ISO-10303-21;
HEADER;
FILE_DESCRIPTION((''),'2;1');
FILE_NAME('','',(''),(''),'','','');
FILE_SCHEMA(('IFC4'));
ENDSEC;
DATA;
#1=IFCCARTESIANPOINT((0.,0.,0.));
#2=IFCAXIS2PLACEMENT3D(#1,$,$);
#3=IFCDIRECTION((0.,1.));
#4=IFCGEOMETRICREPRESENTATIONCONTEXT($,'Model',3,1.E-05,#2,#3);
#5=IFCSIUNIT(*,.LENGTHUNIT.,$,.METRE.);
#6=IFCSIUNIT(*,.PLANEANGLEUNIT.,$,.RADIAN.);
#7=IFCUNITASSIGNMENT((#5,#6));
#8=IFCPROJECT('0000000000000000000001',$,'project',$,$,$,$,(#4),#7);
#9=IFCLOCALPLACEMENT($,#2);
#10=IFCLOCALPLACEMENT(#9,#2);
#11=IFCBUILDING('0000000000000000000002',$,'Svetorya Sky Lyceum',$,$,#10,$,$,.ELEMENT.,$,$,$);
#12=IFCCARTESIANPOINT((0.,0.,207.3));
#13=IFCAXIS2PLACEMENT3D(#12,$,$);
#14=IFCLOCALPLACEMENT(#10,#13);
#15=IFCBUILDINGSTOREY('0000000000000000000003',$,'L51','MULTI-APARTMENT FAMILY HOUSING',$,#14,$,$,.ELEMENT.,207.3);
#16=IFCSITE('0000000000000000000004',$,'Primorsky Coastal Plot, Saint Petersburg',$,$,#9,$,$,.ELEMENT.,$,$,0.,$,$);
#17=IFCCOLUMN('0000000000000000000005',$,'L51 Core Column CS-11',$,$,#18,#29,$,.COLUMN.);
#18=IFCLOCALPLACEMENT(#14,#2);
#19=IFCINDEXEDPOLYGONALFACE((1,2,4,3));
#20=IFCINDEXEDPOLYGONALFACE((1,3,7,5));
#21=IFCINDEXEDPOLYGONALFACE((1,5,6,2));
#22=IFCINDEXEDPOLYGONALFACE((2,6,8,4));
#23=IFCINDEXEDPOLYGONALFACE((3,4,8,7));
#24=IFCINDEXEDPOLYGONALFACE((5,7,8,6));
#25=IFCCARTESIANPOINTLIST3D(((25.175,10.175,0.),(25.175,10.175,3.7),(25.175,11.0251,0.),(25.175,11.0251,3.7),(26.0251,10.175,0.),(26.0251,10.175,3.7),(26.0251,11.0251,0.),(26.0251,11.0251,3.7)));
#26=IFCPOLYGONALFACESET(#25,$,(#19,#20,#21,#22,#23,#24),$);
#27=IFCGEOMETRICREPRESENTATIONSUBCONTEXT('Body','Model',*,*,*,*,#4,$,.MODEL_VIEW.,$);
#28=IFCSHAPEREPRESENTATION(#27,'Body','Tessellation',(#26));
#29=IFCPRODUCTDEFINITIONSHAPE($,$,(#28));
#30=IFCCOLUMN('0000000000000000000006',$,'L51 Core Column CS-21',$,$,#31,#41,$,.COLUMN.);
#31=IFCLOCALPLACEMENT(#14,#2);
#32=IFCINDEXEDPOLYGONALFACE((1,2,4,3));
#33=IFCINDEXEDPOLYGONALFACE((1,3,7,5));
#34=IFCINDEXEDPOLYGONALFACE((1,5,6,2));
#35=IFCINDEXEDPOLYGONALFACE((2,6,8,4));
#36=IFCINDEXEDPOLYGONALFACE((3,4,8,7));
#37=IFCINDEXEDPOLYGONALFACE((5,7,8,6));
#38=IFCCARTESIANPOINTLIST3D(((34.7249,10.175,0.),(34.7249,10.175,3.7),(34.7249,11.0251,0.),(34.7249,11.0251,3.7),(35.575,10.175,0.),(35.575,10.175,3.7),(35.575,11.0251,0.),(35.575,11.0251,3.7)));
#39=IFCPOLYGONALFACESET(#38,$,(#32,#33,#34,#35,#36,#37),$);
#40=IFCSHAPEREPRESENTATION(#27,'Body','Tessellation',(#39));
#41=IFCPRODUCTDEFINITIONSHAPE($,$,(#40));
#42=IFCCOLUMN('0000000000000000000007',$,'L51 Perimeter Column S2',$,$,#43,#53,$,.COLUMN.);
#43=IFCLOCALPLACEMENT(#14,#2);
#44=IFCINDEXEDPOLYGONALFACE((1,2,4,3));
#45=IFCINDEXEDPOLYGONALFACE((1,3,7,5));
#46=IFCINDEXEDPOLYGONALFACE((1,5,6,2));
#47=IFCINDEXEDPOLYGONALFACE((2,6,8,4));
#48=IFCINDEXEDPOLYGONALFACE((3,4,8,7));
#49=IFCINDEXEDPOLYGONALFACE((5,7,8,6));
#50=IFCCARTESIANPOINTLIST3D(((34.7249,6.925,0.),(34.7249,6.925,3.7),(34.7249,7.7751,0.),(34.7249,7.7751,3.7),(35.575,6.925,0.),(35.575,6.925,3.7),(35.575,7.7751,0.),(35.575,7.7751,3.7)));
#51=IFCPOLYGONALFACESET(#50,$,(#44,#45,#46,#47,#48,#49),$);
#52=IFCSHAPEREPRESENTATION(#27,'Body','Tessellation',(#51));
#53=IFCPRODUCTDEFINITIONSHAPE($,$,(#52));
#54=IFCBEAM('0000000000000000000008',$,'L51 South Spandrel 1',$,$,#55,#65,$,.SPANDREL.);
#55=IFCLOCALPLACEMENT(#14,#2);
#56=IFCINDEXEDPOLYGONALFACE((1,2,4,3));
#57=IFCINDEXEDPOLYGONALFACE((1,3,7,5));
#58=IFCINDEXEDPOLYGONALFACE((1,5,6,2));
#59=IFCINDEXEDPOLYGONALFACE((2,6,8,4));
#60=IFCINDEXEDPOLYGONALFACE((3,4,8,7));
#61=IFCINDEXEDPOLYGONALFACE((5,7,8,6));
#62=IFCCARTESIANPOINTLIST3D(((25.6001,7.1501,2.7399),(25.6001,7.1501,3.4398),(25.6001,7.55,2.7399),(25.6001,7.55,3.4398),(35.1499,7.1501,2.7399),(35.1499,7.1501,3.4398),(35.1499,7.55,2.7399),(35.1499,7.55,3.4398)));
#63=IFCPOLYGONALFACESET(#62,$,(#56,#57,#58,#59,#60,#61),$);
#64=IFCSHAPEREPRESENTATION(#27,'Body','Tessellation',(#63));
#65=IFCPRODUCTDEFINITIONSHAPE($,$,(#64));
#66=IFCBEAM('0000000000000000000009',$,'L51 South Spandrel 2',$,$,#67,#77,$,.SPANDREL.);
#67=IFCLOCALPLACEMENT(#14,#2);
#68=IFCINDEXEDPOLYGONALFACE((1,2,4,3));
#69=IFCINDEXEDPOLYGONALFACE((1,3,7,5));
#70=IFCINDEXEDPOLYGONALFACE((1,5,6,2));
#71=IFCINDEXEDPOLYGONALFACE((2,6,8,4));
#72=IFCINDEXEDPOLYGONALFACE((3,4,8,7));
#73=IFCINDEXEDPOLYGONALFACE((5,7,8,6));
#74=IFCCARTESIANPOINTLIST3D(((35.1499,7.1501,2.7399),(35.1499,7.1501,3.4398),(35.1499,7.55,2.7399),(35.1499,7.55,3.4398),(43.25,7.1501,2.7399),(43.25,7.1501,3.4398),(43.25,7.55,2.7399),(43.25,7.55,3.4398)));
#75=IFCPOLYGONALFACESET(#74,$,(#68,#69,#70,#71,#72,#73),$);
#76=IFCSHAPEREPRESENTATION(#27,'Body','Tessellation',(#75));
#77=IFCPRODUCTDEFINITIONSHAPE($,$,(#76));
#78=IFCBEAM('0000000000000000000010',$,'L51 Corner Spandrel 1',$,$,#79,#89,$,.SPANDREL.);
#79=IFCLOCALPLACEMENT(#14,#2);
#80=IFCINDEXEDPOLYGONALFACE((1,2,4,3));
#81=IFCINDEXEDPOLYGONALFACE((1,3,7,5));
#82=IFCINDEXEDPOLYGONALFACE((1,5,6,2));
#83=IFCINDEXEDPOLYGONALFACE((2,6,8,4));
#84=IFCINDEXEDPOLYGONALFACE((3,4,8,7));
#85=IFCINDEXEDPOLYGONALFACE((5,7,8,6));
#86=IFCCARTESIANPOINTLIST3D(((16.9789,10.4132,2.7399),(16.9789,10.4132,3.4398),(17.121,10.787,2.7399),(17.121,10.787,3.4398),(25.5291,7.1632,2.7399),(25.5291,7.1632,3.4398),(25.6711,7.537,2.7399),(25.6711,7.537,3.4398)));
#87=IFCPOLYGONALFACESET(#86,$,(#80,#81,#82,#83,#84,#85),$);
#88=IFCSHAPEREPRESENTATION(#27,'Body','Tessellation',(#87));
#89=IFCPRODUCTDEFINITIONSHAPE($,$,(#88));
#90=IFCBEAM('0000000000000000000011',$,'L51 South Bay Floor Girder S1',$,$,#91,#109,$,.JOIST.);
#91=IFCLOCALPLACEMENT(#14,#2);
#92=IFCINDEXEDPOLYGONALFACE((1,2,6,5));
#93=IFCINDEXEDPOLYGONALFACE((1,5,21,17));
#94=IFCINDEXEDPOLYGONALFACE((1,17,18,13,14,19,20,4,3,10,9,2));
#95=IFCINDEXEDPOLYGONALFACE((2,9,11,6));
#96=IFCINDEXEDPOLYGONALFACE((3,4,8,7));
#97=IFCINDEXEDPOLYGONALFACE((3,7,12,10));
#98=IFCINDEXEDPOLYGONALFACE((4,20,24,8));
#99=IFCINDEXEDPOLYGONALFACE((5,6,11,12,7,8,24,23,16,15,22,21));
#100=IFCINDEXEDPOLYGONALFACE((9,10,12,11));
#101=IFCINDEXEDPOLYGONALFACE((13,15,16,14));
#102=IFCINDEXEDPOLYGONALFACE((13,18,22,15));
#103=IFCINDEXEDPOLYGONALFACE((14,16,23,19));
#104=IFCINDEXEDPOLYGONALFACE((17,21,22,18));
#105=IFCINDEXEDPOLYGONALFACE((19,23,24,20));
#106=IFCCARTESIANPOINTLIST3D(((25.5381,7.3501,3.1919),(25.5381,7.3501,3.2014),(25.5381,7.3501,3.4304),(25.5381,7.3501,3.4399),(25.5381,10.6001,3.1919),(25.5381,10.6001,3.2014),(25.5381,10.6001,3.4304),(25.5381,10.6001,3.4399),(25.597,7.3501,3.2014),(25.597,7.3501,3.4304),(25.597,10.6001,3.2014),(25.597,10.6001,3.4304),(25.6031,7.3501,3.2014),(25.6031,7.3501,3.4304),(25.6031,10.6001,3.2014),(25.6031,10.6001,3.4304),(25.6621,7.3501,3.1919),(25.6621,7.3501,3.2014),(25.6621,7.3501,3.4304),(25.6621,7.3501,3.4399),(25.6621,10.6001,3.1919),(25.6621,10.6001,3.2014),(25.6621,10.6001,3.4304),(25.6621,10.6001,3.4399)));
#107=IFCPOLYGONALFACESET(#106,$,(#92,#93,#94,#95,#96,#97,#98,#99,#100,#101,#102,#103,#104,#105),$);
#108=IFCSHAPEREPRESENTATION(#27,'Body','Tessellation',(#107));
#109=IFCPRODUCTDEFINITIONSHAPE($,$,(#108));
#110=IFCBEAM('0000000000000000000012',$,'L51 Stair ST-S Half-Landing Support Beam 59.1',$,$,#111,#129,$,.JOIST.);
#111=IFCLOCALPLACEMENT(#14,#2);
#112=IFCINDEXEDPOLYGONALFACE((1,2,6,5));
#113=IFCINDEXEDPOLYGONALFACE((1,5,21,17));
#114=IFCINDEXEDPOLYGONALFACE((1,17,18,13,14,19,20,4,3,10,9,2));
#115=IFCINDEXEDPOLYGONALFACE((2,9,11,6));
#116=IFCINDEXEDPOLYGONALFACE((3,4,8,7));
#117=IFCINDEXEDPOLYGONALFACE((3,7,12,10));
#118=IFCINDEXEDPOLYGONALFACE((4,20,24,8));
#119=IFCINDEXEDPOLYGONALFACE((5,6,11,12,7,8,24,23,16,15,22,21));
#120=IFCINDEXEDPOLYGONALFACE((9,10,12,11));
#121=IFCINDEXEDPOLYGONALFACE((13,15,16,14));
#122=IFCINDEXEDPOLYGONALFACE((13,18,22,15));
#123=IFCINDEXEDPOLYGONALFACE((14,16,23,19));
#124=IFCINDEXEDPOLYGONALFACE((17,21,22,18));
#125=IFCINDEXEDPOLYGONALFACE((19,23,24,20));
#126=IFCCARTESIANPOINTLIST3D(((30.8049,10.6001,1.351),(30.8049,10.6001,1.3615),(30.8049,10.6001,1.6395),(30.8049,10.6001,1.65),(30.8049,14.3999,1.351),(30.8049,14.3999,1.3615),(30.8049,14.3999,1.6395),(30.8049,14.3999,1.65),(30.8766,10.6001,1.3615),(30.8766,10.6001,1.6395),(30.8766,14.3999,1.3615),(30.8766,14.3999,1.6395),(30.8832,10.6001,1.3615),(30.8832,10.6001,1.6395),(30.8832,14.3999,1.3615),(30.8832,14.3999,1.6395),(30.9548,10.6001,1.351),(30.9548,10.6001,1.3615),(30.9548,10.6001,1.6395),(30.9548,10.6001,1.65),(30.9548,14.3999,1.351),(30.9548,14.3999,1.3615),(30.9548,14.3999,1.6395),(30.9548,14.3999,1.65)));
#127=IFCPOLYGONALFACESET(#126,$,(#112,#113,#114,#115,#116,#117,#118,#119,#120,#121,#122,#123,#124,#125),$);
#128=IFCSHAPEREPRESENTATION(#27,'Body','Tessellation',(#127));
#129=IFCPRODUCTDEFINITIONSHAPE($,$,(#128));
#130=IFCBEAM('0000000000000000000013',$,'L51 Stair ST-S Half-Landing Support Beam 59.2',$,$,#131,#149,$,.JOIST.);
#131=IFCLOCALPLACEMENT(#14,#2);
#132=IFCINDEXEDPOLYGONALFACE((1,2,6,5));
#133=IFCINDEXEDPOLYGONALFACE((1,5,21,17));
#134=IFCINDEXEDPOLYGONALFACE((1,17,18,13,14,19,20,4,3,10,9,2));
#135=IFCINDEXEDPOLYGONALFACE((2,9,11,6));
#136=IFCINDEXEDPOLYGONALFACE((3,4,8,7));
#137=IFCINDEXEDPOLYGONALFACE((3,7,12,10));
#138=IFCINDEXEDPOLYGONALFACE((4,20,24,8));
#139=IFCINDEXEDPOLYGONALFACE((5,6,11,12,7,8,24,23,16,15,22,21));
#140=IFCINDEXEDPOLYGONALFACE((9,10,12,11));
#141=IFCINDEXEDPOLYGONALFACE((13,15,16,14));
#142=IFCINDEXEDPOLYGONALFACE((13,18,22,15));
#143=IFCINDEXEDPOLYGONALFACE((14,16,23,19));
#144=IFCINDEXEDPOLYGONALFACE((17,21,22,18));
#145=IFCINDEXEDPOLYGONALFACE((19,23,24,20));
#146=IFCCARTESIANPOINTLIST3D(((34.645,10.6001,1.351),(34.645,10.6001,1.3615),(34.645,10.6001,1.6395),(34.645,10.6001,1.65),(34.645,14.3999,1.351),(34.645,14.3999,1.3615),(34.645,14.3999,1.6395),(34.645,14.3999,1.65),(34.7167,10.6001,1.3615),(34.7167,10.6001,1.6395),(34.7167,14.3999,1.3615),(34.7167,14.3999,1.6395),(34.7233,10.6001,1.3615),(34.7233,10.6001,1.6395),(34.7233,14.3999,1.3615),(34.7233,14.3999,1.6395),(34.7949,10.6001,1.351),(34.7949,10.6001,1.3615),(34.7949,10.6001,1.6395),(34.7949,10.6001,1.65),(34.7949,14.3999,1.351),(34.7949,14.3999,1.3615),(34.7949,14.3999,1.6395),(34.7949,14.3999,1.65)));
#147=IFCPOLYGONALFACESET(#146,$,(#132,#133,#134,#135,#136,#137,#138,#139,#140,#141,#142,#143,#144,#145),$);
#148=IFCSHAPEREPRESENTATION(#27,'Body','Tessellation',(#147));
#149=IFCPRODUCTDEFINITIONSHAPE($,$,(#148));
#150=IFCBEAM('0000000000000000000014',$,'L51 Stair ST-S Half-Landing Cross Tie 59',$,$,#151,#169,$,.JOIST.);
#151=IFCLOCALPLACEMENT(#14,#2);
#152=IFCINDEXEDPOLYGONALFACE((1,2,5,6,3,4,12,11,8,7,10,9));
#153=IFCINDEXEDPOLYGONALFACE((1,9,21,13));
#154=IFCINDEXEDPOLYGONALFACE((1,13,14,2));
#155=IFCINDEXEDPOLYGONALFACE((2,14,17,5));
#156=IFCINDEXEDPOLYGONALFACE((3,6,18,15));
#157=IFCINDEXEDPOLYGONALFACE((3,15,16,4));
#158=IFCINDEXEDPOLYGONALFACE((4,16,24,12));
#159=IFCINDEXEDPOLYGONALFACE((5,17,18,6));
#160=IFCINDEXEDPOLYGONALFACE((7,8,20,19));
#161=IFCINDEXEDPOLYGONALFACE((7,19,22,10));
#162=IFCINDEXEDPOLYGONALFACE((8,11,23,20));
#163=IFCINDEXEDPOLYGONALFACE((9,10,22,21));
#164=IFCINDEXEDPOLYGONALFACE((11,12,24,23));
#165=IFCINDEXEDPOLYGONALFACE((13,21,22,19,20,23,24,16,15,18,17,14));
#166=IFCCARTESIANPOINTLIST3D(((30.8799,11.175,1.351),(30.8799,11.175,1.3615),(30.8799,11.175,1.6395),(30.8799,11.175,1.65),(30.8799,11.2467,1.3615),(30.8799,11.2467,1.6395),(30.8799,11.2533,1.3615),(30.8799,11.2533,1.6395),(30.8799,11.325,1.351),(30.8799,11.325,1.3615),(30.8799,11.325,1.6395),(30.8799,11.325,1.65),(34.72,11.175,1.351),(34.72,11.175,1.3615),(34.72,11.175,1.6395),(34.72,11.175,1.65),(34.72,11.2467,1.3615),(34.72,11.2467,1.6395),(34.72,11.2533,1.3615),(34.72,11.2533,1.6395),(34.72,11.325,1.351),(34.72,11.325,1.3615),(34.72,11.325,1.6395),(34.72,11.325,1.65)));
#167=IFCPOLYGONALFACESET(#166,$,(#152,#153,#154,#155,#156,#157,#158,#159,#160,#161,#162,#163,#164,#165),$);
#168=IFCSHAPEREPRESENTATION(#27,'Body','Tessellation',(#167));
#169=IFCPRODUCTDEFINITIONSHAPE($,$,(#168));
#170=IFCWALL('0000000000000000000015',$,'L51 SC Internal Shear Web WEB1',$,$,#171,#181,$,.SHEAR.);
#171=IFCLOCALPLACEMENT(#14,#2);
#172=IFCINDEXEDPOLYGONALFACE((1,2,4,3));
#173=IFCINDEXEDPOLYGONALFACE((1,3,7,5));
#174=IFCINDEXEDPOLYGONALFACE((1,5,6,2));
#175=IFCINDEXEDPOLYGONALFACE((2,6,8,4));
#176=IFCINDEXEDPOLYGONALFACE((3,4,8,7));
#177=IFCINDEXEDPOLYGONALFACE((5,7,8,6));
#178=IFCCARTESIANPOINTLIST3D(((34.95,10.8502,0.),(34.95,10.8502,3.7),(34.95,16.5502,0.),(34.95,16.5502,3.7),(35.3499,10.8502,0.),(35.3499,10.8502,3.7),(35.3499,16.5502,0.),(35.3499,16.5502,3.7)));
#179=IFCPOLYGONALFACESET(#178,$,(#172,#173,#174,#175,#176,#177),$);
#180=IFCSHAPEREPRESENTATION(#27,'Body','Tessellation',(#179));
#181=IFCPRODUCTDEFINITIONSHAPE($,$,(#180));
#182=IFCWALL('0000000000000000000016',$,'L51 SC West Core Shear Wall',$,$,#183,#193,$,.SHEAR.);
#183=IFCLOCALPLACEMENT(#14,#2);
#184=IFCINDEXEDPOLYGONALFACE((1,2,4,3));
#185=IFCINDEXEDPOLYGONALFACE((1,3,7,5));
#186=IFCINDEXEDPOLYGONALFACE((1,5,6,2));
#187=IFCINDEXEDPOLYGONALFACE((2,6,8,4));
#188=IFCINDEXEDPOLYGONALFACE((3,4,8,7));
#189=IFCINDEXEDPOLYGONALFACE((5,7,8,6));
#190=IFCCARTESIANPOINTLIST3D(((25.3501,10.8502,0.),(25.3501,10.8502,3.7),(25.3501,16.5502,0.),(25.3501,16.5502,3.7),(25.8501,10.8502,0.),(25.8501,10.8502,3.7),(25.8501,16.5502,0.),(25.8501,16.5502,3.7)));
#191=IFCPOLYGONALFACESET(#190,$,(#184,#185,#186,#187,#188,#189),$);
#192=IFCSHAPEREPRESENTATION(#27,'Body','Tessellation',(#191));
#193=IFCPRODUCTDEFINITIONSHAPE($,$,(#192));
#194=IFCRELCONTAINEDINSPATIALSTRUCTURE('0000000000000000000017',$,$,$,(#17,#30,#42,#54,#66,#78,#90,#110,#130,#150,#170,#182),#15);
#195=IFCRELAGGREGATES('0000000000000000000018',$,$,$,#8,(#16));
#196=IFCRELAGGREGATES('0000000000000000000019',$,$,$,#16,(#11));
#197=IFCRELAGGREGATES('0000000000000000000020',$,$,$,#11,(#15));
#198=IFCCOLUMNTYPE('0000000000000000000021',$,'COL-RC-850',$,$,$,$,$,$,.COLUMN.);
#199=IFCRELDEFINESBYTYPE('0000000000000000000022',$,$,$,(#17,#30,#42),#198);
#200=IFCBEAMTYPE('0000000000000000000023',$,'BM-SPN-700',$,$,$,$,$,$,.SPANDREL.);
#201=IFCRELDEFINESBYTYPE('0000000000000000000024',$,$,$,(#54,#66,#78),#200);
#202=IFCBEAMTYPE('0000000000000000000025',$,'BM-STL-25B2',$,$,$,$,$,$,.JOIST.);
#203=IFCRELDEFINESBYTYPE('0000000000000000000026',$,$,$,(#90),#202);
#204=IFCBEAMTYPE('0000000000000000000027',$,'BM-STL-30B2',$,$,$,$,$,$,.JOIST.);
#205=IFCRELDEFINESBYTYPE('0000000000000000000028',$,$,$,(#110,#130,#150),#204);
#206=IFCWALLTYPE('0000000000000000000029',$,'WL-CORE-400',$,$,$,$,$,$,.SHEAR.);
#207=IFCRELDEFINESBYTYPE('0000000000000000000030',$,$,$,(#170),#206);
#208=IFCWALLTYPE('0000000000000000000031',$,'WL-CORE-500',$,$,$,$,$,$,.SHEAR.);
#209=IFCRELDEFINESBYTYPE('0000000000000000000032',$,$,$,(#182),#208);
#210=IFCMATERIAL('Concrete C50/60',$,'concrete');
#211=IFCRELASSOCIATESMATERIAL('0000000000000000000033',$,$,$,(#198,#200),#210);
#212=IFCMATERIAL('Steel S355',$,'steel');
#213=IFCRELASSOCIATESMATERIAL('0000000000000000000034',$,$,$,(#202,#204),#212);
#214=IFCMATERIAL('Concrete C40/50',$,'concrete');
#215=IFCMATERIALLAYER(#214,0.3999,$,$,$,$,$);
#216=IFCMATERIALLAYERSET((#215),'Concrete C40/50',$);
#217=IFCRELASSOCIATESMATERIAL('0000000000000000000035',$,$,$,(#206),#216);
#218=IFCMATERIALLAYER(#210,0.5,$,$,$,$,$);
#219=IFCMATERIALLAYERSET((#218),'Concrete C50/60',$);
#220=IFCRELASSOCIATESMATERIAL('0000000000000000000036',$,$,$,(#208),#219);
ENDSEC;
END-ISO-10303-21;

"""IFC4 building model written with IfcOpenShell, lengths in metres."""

from ifc_helpers import new_model, si_unit, direction, frame, frame_2d, origin, origin_2d, place, context, subcontext, project, spatial, rectangle, i_section, extrude, material, layer, layer_set, material_profile, profile_set, type_object, element, save


model = new_model("IFC4")

# Units and contexts
model_context = context("Model", 3, precision=1e-05, world=origin(), true_north=direction((0.0, 1.0)))
body_context = subcontext(model_context, "Body", "Model", "MODEL_VIEW")
ifc_project = project(units=[si_unit("LENGTHUNIT", "METRE"), si_unit("PLANEANGLEUNIT", "RADIAN")], contexts=[model_context])

# Site, building, storey
site_placement = place(None, origin())
site = spatial("IfcSite", under=ifc_project, at=site_placement, Name="Primorsky Coastal Plot, Saint Petersburg", CompositionType="ELEMENT", RefElevation=0.0)
building_placement = place(site_placement, origin())
building = spatial("IfcBuilding", under=site, at=building_placement, Name="Svetorya Sky Lyceum", CompositionType="ELEMENT")
storey_placement = place(building_placement, frame((0.0, 0.0, 207.3)))
storey = spatial("IfcBuildingStorey", under=building, at=storey_placement, Name="L51", Description="MULTI-APARTMENT FAMILY HOUSING", CompositionType="ELEMENT", Elevation=207.3)

# Columns
ifc_material_1 = material(Name="Concrete C50/60", Category="concrete")
ifc_material_profile_1 = material_profile(ifc_material_1, rectangle(XDim=0.8501, YDim=0.8501, at=origin_2d()), Name="RC COL 850x850")
ifc_profile_set_1 = profile_set([ifc_material_profile_1], Name="Concrete C50/60")
column_type = type_object("IfcColumnType", Name="COL-RC-850", PredefinedType="COLUMN", material=ifc_profile_set_1)
for number, where, z_axis, x_axis, name in (
    (1, (25.6001, 10.6001, 0.0), (0.0, 0.0, 1.0), (1.0, 0.0, 0.0), "L51 Core Column CS-11"),
    (2, (35.1499, 10.6001, 0.0), (0.0, 0.0, 1.0), (1.0, 0.0, 0.0), "L51 Core Column CS-21"),
    (3, (35.1499, 7.3501, 0.0), (0.0, 0.0, 1.0), (1.0, 0.0, 0.0), "L51 Perimeter Column S2"),
):
    element("IfcColumn", number, at=place(storey_placement, frame(where, z_axis=z_axis, x_axis=x_axis)), inside=storey, type_object=column_type, Name=name, PredefinedType="COLUMN", context=body_context, shape_type="SweptSolid", body=[
        extrude(rectangle(XDim=0.8501, YDim=0.8501, at=origin_2d()), origin(), (0.0, 0.0, 1.0), 3.7),
    ])

# Beams
ifc_material_profile_2 = material_profile(ifc_material_1, rectangle(XDim=0.3999, YDim=0.7, at=origin_2d()), Name="RC SPANDREL 400x700")
ifc_profile_set_2 = profile_set([ifc_material_profile_2], Name="Concrete C50/60")
beam_type_1 = type_object("IfcBeamType", Name="BM-SPN-700", PredefinedType="SPANDREL", material=ifc_profile_set_2)
beam_1_placement = place(storey_placement, frame((25.6001, 7.3501, 3.0898), z_axis=(1.0, 0.0, 0.0), x_axis=(0.0, 1.0, 0.0)))
element("IfcBeam", 4, at=beam_1_placement, inside=storey, type_object=beam_type_1, Name="L51 South Spandrel 1", PredefinedType="SPANDREL", context=body_context, shape_type="SweptSolid", body=[
    extrude(rectangle(XDim=0.3999, YDim=0.7, at=origin_2d()), origin(), (0.0, 0.0, 1.0), 9.5498),
])
beam_2_placement = place(storey_placement, frame((35.1499, 7.3501, 3.0898), z_axis=(1.0, 0.0, 0.0), x_axis=(0.0, 1.0, 0.0)))
element("IfcBeam", 5, at=beam_2_placement, inside=storey, type_object=beam_type_1, Name="L51 South Spandrel 2", PredefinedType="SPANDREL", context=body_context, shape_type="SweptSolid", body=[
    extrude(rectangle(XDim=0.3999, YDim=0.7, at=origin_2d()), origin(), (0.0, 0.0, 1.0), 8.1001),
])
beam_3_placement = place(storey_placement, frame((25.6001, 7.3501, 3.0898), z_axis=(-0.934748, 0.355312, 0.0), x_axis=(-0.355312, -0.934748, 0.0)))
element("IfcBeam", 6, at=beam_3_placement, inside=storey, type_object=beam_type_1, Name="L51 Corner Spandrel 1", PredefinedType="SPANDREL", context=body_context, shape_type="SweptSolid", body=[
    extrude(rectangle(XDim=0.3999, YDim=0.7, at=origin_2d()), origin(), (0.0, 0.0, 1.0), 9.147),
])
ifc_material_2 = material(Name="Steel S355", Category="steel")
ifc_material_profile_3 = material_profile(ifc_material_2, i_section(OverallWidth=0.124, OverallDepth=0.248, WebThickness=0.0061, FlangeThickness=0.0095, at=origin_2d()), Name="GOST 25B2")
ifc_profile_set_3 = profile_set([ifc_material_profile_3], Name="Steel S355")
beam_type_2 = type_object("IfcBeamType", Name="BM-STL-25B2", PredefinedType="JOIST", material=ifc_profile_set_3)
beam_4_placement = place(storey_placement, frame((25.6001, 7.3501, 3.3159), z_axis=(0.0, 1.0, 0.0), x_axis=(-1.0, 0.0, 0.0)))
element("IfcBeam", 7, at=beam_4_placement, inside=storey, type_object=beam_type_2, Name="L51 South Bay Floor Girder S1", PredefinedType="JOIST", context=body_context, shape_type="SweptSolid", body=[
    extrude(i_section(OverallWidth=0.124, OverallDepth=0.248, WebThickness=0.0061, FlangeThickness=0.0095, at=origin_2d()), origin(), (0.0, 0.0, 1.0), 3.25),
])
ifc_material_profile_4 = material_profile(ifc_material_2, i_section(OverallWidth=0.1499, OverallDepth=0.2991, WebThickness=0.0066, FlangeThickness=0.0105, at=origin_2d()), Name="GOST 30B2")
ifc_profile_set_4 = profile_set([ifc_material_profile_4], Name="Steel S355")
beam_type_3 = type_object("IfcBeamType", Name="BM-STL-30B2", PredefinedType="JOIST", material=ifc_profile_set_4)
for number, where, z_axis, x_axis, name in (
    (8, (30.8799, 10.6001, 1.5005), (0.0, 1.0, 0.0), (-1.0, 0.0, 0.0), "L51 Stair ST-S Half-Landing Support Beam 59.1"),
    (9, (34.72, 10.6001, 1.5005), (0.0, 1.0, 0.0), (-1.0, 0.0, 0.0), "L51 Stair ST-S Half-Landing Support Beam 59.2"),
):
    element("IfcBeam", number, at=place(storey_placement, frame(where, z_axis=z_axis, x_axis=x_axis)), inside=storey, type_object=beam_type_3, Name=name, PredefinedType="JOIST", context=body_context, shape_type="SweptSolid", body=[
        extrude(i_section(OverallWidth=0.1499, OverallDepth=0.2991, WebThickness=0.0066, FlangeThickness=0.0105, at=origin_2d()), origin(), (0.0, 0.0, 1.0), 3.7998),
    ])
beam_5_placement = place(storey_placement, frame((30.8799, 11.25, 1.5005), z_axis=(1.0, 0.0, 0.0), x_axis=(0.0, 1.0, 0.0)))
element("IfcBeam", 10, at=beam_5_placement, inside=storey, type_object=beam_type_3, Name="L51 Stair ST-S Half-Landing Cross Tie 59", PredefinedType="JOIST", context=body_context, shape_type="SweptSolid", body=[
    extrude(i_section(OverallWidth=0.1499, OverallDepth=0.2991, WebThickness=0.0066, FlangeThickness=0.0105, at=origin_2d()), origin(), (0.0, 0.0, 1.0), 3.8401),
])

# Walls
ifc_material_3 = material(Name="Concrete C40/50", Category="concrete")
ifc_layer_1 = layer(ifc_material_3, 0.3999)
ifc_layer_set_1 = layer_set([ifc_layer_1], Name="Concrete C40/50")
wall_type_1 = type_object("IfcWallType", Name="WL-CORE-400", PredefinedType="SHEAR", material=ifc_layer_set_1)
wall_1_placement = place(storey_placement, frame((35.1499, 10.8501, 0.0), z_axis=(0.0, 0.0, 1.0), x_axis=(0.0, 1.0, 0.0)))
element("IfcWall", 11, at=wall_1_placement, inside=storey, type_object=wall_type_1, Name="L51 SC Internal Shear Web WEB1", PredefinedType="SHEAR", context=body_context, shape_type="SweptSolid", body=[
    extrude(rectangle(XDim=5.7, YDim=0.3999, at=frame_2d((2.8501, 0.0))), origin(), (0.0, 0.0, 1.0), 3.7),
])
ifc_layer_2 = layer(ifc_material_1, 0.5)
ifc_layer_set_2 = layer_set([ifc_layer_2], Name="Concrete C50/60")
wall_type_2 = type_object("IfcWallType", Name="WL-CORE-500", PredefinedType="SHEAR", material=ifc_layer_set_2)
wall_2_placement = place(storey_placement, frame((25.6001, 10.8501, 0.0), z_axis=(0.0, 0.0, 1.0), x_axis=(0.0, 1.0, 0.0)))
element("IfcWall", 12, at=wall_2_placement, inside=storey, type_object=wall_type_2, Name="L51 SC West Core Shear Wall", PredefinedType="SHEAR", context=body_context, shape_type="SweptSolid", body=[
    extrude(rectangle(XDim=5.7, YDim=0.5, at=frame_2d((2.8501, 0.0))), origin(), (0.0, 0.0, 1.0), 3.7),
])

save(model, "model.ifc")
